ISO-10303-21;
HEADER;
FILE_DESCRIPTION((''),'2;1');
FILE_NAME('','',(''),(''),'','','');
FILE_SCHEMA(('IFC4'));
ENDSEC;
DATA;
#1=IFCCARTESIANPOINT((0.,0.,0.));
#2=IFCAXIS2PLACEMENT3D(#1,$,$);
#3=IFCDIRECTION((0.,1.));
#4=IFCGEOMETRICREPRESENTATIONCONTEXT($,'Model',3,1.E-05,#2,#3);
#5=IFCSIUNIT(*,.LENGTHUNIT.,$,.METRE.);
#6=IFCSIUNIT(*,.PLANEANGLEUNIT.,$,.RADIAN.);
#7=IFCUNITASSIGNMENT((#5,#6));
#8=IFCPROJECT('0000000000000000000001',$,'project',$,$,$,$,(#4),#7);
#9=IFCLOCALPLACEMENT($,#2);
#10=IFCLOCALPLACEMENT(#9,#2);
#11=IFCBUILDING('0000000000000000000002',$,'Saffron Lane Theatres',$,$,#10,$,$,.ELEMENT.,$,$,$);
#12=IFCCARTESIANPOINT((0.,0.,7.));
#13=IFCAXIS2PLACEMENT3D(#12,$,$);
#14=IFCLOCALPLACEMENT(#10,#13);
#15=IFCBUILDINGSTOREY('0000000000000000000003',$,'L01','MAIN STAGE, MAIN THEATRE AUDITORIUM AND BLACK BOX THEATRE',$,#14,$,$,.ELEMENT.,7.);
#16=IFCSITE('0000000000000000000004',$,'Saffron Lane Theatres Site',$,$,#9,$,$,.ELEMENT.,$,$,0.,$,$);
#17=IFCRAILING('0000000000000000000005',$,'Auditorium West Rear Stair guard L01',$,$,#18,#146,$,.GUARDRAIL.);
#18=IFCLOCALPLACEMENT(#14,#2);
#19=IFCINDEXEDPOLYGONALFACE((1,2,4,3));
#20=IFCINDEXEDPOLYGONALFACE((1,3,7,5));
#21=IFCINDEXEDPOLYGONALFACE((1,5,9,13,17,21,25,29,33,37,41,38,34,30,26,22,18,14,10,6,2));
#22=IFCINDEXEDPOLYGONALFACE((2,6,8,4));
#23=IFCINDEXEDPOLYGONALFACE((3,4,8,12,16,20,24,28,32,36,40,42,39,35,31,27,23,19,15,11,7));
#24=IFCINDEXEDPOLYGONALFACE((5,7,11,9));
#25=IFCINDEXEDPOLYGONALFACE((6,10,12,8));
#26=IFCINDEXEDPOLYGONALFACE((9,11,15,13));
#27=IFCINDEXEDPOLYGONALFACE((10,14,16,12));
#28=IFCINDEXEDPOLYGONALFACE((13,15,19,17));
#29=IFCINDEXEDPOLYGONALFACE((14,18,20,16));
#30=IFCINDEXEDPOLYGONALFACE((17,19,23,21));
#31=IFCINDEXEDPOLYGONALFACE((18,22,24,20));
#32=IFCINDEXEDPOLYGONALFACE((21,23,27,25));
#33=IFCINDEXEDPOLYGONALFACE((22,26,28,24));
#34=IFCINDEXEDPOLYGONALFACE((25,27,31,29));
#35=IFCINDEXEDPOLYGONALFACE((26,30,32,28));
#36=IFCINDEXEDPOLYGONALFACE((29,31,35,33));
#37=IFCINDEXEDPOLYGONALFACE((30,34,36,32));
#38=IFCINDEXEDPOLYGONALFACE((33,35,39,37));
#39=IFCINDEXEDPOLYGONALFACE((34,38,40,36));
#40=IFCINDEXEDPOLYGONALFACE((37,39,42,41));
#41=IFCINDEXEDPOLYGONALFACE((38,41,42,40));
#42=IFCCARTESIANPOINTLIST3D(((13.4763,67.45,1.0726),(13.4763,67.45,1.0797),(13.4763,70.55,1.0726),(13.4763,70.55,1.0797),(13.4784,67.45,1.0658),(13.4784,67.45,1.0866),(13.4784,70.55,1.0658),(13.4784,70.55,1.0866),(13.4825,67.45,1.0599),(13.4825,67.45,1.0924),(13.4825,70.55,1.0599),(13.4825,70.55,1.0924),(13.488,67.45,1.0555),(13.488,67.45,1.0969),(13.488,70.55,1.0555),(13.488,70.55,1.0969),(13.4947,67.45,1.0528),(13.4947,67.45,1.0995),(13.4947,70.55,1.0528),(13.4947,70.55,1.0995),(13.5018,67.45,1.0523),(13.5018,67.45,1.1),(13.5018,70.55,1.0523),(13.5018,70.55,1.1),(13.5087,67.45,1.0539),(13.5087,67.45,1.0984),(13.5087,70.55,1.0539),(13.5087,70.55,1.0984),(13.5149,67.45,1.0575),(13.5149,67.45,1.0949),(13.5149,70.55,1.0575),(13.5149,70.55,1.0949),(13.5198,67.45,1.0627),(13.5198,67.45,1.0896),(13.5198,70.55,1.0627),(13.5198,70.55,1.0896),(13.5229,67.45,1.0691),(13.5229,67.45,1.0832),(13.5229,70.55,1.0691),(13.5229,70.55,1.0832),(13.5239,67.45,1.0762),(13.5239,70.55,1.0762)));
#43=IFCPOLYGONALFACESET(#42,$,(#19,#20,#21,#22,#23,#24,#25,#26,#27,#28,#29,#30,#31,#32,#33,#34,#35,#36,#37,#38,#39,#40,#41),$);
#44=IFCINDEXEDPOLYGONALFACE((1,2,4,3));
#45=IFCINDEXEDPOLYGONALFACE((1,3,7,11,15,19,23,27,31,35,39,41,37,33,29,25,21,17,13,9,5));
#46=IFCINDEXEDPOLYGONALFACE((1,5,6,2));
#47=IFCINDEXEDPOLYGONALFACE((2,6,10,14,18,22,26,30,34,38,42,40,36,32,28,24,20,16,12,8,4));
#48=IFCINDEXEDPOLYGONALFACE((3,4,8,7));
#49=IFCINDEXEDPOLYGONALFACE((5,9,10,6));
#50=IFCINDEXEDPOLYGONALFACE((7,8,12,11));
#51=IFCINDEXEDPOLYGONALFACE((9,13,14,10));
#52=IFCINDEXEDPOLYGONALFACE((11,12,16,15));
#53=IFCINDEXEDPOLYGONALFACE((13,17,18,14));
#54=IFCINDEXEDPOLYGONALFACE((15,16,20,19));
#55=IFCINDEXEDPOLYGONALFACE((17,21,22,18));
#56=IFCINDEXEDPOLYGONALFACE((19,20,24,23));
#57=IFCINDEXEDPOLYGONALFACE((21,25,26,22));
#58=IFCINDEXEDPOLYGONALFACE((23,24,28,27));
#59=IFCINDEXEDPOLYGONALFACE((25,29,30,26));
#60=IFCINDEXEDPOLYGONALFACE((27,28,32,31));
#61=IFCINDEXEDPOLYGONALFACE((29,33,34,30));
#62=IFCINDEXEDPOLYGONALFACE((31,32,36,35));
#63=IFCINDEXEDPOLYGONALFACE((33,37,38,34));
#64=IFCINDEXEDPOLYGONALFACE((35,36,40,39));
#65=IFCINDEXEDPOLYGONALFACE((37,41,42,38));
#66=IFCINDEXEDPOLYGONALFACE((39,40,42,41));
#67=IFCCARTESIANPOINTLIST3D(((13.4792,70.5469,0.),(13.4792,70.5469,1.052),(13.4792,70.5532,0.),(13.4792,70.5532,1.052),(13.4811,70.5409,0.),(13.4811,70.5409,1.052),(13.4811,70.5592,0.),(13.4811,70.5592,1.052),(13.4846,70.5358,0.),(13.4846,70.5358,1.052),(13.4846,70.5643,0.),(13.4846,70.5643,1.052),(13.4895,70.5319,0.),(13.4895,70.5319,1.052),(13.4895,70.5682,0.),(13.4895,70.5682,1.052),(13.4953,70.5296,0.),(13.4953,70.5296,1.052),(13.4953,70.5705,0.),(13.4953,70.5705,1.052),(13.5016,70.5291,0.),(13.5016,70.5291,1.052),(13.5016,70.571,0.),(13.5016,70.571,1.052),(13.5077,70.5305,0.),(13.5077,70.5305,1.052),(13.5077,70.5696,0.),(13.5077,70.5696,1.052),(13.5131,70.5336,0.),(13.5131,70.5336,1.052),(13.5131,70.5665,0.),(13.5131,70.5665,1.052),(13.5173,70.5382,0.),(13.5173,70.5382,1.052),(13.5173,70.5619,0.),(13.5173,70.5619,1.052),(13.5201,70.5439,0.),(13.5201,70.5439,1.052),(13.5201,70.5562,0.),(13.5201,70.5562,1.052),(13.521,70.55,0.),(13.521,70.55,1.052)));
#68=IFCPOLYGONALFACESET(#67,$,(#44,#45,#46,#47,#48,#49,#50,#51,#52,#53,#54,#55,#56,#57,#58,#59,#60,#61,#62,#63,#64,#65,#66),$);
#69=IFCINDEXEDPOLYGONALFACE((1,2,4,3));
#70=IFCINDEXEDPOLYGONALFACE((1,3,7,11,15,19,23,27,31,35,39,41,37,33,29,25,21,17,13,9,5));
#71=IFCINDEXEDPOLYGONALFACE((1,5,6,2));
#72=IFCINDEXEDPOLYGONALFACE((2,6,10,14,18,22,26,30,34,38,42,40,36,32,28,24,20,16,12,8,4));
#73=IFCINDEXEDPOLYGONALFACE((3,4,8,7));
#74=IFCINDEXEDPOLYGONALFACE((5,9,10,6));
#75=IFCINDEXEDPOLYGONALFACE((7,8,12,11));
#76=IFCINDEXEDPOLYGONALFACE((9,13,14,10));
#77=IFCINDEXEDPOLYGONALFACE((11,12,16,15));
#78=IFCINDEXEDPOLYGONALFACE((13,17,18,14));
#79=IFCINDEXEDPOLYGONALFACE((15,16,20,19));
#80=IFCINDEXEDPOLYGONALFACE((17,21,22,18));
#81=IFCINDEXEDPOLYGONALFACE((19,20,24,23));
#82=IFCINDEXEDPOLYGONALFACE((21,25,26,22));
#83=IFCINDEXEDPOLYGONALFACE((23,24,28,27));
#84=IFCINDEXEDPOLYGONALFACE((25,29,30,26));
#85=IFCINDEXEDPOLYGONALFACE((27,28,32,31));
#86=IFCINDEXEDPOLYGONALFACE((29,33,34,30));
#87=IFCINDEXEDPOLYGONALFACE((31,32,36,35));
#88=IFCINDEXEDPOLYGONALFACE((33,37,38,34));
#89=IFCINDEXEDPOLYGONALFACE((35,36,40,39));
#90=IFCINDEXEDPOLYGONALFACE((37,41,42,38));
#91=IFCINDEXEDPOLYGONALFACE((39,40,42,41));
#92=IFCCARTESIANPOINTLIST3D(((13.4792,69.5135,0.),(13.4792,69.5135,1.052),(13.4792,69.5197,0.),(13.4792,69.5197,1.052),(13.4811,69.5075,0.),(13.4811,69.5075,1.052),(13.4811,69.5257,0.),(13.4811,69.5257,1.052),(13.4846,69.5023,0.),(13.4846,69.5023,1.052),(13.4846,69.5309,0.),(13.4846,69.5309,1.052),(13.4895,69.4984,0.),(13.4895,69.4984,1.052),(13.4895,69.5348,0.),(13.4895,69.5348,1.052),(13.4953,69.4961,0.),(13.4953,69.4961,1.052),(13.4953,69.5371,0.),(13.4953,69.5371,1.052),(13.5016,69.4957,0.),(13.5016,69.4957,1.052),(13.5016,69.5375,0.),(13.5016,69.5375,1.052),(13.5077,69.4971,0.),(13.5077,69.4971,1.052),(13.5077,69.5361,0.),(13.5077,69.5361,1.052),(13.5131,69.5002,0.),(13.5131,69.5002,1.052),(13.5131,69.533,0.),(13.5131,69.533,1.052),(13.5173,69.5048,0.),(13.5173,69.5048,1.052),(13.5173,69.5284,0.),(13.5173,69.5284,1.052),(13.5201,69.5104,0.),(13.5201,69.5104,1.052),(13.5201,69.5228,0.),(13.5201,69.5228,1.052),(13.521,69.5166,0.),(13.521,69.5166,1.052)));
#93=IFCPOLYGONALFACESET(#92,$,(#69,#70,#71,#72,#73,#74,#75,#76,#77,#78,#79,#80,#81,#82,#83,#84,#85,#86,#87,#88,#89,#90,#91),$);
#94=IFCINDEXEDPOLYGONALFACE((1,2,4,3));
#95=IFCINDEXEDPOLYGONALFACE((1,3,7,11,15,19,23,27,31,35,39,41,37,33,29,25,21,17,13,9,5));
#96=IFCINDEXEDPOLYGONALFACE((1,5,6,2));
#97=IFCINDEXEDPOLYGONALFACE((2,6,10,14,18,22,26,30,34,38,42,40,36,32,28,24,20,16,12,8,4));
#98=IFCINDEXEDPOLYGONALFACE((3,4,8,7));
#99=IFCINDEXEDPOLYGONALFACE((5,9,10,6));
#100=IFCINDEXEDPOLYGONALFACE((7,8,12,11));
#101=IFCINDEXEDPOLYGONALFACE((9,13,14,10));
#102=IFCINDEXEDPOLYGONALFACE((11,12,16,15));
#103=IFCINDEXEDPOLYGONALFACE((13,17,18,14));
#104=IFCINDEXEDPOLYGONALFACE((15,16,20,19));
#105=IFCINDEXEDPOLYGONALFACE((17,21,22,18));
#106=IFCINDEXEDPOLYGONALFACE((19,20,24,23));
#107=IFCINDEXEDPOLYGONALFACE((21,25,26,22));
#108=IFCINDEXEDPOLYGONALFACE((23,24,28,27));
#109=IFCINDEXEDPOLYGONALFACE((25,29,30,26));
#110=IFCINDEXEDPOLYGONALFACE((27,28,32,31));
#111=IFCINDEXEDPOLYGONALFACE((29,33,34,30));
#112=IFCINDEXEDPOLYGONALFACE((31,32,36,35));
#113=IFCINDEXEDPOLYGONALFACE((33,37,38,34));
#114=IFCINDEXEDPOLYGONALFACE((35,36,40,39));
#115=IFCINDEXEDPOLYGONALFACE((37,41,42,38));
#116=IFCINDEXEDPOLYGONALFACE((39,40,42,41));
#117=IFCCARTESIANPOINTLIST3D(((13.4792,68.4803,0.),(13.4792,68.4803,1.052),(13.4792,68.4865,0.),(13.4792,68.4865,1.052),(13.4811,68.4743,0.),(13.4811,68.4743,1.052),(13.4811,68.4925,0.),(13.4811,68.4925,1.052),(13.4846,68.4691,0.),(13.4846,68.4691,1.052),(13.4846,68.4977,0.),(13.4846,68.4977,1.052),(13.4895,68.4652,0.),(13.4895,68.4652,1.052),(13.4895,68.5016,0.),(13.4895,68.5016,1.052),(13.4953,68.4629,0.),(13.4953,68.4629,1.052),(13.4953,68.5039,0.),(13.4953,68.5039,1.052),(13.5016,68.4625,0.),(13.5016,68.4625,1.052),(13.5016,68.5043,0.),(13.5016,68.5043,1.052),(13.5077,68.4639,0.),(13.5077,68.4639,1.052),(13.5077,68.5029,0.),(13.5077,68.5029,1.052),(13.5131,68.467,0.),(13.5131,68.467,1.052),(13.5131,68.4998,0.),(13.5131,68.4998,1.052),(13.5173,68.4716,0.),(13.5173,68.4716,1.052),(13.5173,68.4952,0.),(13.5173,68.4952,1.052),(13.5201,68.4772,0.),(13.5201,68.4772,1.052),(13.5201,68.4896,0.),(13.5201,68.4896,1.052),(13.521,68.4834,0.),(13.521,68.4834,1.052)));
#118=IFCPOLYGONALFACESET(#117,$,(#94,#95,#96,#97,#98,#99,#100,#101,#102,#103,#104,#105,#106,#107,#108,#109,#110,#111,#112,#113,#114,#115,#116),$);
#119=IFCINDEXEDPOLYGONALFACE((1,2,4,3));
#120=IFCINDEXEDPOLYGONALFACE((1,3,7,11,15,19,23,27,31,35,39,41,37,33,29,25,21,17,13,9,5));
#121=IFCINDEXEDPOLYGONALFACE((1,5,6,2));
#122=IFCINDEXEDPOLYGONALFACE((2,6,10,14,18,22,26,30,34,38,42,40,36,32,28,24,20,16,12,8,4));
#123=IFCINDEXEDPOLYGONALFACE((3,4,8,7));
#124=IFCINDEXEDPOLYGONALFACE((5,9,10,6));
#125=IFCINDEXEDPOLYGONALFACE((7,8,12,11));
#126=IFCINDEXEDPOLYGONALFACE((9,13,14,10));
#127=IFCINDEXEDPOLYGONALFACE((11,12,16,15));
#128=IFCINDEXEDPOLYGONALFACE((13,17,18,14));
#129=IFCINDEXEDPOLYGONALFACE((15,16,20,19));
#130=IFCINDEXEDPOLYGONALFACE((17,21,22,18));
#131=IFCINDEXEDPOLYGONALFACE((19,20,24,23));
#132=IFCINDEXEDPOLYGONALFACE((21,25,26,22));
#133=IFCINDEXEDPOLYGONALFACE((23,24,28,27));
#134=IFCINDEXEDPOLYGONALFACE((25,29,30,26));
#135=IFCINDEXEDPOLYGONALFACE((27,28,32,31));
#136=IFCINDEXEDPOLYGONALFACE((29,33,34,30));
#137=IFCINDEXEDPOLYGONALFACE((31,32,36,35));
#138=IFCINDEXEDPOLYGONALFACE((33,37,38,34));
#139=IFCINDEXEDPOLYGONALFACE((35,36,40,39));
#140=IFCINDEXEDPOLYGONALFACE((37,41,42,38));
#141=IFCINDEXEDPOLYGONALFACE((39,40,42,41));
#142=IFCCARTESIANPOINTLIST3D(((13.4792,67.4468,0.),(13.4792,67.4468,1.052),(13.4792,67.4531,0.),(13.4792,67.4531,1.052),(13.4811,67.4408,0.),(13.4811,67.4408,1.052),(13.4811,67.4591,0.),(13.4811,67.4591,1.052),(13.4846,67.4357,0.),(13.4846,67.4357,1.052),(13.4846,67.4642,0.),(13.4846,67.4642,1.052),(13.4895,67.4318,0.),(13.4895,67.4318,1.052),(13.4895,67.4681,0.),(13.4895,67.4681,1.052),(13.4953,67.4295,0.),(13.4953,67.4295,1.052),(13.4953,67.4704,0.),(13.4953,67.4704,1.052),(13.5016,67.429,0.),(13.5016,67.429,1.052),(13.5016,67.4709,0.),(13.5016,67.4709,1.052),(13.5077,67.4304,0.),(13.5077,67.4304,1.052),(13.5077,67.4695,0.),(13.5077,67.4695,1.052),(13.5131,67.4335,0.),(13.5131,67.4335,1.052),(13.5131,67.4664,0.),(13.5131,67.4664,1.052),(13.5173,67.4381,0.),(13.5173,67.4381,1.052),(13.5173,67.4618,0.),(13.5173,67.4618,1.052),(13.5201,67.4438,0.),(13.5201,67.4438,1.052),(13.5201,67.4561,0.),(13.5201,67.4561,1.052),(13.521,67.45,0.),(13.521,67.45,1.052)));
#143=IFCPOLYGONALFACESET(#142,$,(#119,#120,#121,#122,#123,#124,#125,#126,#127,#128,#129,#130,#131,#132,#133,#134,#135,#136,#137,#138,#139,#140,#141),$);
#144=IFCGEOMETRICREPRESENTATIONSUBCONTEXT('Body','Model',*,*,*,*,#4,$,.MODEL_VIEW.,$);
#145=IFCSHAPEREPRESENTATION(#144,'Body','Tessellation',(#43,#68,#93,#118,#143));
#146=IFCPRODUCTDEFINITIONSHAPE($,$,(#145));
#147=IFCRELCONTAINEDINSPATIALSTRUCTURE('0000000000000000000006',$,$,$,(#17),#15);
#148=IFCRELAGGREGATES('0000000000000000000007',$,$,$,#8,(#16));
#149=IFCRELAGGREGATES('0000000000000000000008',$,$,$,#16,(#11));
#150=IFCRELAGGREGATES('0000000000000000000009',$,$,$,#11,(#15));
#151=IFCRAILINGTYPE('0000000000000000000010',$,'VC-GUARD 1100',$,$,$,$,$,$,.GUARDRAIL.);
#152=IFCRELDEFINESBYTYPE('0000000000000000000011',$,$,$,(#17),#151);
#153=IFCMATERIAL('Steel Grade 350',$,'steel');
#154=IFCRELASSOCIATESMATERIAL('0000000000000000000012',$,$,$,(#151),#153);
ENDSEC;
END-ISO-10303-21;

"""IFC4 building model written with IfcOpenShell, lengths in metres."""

from ifc_helpers import new_model, si_unit, direction, frame, origin, origin_2d, place, context, subcontext, project, spatial, circle, extrude, material, type_object, element, save


model = new_model("IFC4")

# Units and contexts
model_context = context("Model", 3, precision=1e-05, world=origin(), true_north=direction((0.0, 1.0)))
body_context = subcontext(model_context, "Body", "Model", "MODEL_VIEW")
ifc_project = project(units=[si_unit("LENGTHUNIT", "METRE"), si_unit("PLANEANGLEUNIT", "RADIAN")], contexts=[model_context])

# Site, building, storey
site_placement = place(None, origin())
site = spatial("IfcSite", under=ifc_project, at=site_placement, Name="Saffron Lane Theatres Site", CompositionType="ELEMENT", RefElevation=0.0)
building_placement = place(site_placement, origin())
building = spatial("IfcBuilding", under=site, at=building_placement, Name="Saffron Lane Theatres", CompositionType="ELEMENT")
storey_placement = place(building_placement, frame((0.0, 0.0, 7.0)))
storey = spatial("IfcBuildingStorey", under=building, at=storey_placement, Name="L01", Description="MAIN STAGE, MAIN THEATRE AUDITORIUM AND BLACK BOX THEATRE", CompositionType="ELEMENT", Elevation=7.0)

# Railing
ifc_material_1 = material(Name="Steel Grade 350", Category="steel")
railing_type_1 = type_object("IfcRailingType", Name="VC-GUARD 1100", PredefinedType="GUARDRAIL", material=ifc_material_1)
railing_1_placement = place(storey_placement, frame((13.5, 70.55, 0.0)))
element("IfcRailing", 1, at=railing_1_placement, inside=storey, type_object=railing_type_1, Name="Auditorium West Rear Stair guard L01", PredefinedType="GUARDRAIL", context=body_context, shape_type="SweptSolid", body=[
    extrude(circle(Radius=0.0239, at=origin_2d()), frame((0.0, 0.0, 1.0762), z_axis=(0.0, -1.0, 0.0), x_axis=(1.0, 0.0, 0.0)), (0.0, 0.0, 1.0), 3.1001),
    extrude(circle(Radius=0.021, at=origin_2d()), origin(), (0.0, 0.0, 1.0), 1.052),
    extrude(circle(Radius=0.021, at=origin_2d()), frame((0.0, -1.0334, 0.0)), (0.0, 0.0, 1.0), 1.052),
    extrude(circle(Radius=0.021, at=origin_2d()), frame((0.0, -2.0667, 0.0)), (0.0, 0.0, 1.0), 1.052),
    extrude(circle(Radius=0.021, at=origin_2d()), frame((0.0, -3.1001, 0.0)), (0.0, 0.0, 1.0), 1.052),
])

save(model, "model.ifc")
